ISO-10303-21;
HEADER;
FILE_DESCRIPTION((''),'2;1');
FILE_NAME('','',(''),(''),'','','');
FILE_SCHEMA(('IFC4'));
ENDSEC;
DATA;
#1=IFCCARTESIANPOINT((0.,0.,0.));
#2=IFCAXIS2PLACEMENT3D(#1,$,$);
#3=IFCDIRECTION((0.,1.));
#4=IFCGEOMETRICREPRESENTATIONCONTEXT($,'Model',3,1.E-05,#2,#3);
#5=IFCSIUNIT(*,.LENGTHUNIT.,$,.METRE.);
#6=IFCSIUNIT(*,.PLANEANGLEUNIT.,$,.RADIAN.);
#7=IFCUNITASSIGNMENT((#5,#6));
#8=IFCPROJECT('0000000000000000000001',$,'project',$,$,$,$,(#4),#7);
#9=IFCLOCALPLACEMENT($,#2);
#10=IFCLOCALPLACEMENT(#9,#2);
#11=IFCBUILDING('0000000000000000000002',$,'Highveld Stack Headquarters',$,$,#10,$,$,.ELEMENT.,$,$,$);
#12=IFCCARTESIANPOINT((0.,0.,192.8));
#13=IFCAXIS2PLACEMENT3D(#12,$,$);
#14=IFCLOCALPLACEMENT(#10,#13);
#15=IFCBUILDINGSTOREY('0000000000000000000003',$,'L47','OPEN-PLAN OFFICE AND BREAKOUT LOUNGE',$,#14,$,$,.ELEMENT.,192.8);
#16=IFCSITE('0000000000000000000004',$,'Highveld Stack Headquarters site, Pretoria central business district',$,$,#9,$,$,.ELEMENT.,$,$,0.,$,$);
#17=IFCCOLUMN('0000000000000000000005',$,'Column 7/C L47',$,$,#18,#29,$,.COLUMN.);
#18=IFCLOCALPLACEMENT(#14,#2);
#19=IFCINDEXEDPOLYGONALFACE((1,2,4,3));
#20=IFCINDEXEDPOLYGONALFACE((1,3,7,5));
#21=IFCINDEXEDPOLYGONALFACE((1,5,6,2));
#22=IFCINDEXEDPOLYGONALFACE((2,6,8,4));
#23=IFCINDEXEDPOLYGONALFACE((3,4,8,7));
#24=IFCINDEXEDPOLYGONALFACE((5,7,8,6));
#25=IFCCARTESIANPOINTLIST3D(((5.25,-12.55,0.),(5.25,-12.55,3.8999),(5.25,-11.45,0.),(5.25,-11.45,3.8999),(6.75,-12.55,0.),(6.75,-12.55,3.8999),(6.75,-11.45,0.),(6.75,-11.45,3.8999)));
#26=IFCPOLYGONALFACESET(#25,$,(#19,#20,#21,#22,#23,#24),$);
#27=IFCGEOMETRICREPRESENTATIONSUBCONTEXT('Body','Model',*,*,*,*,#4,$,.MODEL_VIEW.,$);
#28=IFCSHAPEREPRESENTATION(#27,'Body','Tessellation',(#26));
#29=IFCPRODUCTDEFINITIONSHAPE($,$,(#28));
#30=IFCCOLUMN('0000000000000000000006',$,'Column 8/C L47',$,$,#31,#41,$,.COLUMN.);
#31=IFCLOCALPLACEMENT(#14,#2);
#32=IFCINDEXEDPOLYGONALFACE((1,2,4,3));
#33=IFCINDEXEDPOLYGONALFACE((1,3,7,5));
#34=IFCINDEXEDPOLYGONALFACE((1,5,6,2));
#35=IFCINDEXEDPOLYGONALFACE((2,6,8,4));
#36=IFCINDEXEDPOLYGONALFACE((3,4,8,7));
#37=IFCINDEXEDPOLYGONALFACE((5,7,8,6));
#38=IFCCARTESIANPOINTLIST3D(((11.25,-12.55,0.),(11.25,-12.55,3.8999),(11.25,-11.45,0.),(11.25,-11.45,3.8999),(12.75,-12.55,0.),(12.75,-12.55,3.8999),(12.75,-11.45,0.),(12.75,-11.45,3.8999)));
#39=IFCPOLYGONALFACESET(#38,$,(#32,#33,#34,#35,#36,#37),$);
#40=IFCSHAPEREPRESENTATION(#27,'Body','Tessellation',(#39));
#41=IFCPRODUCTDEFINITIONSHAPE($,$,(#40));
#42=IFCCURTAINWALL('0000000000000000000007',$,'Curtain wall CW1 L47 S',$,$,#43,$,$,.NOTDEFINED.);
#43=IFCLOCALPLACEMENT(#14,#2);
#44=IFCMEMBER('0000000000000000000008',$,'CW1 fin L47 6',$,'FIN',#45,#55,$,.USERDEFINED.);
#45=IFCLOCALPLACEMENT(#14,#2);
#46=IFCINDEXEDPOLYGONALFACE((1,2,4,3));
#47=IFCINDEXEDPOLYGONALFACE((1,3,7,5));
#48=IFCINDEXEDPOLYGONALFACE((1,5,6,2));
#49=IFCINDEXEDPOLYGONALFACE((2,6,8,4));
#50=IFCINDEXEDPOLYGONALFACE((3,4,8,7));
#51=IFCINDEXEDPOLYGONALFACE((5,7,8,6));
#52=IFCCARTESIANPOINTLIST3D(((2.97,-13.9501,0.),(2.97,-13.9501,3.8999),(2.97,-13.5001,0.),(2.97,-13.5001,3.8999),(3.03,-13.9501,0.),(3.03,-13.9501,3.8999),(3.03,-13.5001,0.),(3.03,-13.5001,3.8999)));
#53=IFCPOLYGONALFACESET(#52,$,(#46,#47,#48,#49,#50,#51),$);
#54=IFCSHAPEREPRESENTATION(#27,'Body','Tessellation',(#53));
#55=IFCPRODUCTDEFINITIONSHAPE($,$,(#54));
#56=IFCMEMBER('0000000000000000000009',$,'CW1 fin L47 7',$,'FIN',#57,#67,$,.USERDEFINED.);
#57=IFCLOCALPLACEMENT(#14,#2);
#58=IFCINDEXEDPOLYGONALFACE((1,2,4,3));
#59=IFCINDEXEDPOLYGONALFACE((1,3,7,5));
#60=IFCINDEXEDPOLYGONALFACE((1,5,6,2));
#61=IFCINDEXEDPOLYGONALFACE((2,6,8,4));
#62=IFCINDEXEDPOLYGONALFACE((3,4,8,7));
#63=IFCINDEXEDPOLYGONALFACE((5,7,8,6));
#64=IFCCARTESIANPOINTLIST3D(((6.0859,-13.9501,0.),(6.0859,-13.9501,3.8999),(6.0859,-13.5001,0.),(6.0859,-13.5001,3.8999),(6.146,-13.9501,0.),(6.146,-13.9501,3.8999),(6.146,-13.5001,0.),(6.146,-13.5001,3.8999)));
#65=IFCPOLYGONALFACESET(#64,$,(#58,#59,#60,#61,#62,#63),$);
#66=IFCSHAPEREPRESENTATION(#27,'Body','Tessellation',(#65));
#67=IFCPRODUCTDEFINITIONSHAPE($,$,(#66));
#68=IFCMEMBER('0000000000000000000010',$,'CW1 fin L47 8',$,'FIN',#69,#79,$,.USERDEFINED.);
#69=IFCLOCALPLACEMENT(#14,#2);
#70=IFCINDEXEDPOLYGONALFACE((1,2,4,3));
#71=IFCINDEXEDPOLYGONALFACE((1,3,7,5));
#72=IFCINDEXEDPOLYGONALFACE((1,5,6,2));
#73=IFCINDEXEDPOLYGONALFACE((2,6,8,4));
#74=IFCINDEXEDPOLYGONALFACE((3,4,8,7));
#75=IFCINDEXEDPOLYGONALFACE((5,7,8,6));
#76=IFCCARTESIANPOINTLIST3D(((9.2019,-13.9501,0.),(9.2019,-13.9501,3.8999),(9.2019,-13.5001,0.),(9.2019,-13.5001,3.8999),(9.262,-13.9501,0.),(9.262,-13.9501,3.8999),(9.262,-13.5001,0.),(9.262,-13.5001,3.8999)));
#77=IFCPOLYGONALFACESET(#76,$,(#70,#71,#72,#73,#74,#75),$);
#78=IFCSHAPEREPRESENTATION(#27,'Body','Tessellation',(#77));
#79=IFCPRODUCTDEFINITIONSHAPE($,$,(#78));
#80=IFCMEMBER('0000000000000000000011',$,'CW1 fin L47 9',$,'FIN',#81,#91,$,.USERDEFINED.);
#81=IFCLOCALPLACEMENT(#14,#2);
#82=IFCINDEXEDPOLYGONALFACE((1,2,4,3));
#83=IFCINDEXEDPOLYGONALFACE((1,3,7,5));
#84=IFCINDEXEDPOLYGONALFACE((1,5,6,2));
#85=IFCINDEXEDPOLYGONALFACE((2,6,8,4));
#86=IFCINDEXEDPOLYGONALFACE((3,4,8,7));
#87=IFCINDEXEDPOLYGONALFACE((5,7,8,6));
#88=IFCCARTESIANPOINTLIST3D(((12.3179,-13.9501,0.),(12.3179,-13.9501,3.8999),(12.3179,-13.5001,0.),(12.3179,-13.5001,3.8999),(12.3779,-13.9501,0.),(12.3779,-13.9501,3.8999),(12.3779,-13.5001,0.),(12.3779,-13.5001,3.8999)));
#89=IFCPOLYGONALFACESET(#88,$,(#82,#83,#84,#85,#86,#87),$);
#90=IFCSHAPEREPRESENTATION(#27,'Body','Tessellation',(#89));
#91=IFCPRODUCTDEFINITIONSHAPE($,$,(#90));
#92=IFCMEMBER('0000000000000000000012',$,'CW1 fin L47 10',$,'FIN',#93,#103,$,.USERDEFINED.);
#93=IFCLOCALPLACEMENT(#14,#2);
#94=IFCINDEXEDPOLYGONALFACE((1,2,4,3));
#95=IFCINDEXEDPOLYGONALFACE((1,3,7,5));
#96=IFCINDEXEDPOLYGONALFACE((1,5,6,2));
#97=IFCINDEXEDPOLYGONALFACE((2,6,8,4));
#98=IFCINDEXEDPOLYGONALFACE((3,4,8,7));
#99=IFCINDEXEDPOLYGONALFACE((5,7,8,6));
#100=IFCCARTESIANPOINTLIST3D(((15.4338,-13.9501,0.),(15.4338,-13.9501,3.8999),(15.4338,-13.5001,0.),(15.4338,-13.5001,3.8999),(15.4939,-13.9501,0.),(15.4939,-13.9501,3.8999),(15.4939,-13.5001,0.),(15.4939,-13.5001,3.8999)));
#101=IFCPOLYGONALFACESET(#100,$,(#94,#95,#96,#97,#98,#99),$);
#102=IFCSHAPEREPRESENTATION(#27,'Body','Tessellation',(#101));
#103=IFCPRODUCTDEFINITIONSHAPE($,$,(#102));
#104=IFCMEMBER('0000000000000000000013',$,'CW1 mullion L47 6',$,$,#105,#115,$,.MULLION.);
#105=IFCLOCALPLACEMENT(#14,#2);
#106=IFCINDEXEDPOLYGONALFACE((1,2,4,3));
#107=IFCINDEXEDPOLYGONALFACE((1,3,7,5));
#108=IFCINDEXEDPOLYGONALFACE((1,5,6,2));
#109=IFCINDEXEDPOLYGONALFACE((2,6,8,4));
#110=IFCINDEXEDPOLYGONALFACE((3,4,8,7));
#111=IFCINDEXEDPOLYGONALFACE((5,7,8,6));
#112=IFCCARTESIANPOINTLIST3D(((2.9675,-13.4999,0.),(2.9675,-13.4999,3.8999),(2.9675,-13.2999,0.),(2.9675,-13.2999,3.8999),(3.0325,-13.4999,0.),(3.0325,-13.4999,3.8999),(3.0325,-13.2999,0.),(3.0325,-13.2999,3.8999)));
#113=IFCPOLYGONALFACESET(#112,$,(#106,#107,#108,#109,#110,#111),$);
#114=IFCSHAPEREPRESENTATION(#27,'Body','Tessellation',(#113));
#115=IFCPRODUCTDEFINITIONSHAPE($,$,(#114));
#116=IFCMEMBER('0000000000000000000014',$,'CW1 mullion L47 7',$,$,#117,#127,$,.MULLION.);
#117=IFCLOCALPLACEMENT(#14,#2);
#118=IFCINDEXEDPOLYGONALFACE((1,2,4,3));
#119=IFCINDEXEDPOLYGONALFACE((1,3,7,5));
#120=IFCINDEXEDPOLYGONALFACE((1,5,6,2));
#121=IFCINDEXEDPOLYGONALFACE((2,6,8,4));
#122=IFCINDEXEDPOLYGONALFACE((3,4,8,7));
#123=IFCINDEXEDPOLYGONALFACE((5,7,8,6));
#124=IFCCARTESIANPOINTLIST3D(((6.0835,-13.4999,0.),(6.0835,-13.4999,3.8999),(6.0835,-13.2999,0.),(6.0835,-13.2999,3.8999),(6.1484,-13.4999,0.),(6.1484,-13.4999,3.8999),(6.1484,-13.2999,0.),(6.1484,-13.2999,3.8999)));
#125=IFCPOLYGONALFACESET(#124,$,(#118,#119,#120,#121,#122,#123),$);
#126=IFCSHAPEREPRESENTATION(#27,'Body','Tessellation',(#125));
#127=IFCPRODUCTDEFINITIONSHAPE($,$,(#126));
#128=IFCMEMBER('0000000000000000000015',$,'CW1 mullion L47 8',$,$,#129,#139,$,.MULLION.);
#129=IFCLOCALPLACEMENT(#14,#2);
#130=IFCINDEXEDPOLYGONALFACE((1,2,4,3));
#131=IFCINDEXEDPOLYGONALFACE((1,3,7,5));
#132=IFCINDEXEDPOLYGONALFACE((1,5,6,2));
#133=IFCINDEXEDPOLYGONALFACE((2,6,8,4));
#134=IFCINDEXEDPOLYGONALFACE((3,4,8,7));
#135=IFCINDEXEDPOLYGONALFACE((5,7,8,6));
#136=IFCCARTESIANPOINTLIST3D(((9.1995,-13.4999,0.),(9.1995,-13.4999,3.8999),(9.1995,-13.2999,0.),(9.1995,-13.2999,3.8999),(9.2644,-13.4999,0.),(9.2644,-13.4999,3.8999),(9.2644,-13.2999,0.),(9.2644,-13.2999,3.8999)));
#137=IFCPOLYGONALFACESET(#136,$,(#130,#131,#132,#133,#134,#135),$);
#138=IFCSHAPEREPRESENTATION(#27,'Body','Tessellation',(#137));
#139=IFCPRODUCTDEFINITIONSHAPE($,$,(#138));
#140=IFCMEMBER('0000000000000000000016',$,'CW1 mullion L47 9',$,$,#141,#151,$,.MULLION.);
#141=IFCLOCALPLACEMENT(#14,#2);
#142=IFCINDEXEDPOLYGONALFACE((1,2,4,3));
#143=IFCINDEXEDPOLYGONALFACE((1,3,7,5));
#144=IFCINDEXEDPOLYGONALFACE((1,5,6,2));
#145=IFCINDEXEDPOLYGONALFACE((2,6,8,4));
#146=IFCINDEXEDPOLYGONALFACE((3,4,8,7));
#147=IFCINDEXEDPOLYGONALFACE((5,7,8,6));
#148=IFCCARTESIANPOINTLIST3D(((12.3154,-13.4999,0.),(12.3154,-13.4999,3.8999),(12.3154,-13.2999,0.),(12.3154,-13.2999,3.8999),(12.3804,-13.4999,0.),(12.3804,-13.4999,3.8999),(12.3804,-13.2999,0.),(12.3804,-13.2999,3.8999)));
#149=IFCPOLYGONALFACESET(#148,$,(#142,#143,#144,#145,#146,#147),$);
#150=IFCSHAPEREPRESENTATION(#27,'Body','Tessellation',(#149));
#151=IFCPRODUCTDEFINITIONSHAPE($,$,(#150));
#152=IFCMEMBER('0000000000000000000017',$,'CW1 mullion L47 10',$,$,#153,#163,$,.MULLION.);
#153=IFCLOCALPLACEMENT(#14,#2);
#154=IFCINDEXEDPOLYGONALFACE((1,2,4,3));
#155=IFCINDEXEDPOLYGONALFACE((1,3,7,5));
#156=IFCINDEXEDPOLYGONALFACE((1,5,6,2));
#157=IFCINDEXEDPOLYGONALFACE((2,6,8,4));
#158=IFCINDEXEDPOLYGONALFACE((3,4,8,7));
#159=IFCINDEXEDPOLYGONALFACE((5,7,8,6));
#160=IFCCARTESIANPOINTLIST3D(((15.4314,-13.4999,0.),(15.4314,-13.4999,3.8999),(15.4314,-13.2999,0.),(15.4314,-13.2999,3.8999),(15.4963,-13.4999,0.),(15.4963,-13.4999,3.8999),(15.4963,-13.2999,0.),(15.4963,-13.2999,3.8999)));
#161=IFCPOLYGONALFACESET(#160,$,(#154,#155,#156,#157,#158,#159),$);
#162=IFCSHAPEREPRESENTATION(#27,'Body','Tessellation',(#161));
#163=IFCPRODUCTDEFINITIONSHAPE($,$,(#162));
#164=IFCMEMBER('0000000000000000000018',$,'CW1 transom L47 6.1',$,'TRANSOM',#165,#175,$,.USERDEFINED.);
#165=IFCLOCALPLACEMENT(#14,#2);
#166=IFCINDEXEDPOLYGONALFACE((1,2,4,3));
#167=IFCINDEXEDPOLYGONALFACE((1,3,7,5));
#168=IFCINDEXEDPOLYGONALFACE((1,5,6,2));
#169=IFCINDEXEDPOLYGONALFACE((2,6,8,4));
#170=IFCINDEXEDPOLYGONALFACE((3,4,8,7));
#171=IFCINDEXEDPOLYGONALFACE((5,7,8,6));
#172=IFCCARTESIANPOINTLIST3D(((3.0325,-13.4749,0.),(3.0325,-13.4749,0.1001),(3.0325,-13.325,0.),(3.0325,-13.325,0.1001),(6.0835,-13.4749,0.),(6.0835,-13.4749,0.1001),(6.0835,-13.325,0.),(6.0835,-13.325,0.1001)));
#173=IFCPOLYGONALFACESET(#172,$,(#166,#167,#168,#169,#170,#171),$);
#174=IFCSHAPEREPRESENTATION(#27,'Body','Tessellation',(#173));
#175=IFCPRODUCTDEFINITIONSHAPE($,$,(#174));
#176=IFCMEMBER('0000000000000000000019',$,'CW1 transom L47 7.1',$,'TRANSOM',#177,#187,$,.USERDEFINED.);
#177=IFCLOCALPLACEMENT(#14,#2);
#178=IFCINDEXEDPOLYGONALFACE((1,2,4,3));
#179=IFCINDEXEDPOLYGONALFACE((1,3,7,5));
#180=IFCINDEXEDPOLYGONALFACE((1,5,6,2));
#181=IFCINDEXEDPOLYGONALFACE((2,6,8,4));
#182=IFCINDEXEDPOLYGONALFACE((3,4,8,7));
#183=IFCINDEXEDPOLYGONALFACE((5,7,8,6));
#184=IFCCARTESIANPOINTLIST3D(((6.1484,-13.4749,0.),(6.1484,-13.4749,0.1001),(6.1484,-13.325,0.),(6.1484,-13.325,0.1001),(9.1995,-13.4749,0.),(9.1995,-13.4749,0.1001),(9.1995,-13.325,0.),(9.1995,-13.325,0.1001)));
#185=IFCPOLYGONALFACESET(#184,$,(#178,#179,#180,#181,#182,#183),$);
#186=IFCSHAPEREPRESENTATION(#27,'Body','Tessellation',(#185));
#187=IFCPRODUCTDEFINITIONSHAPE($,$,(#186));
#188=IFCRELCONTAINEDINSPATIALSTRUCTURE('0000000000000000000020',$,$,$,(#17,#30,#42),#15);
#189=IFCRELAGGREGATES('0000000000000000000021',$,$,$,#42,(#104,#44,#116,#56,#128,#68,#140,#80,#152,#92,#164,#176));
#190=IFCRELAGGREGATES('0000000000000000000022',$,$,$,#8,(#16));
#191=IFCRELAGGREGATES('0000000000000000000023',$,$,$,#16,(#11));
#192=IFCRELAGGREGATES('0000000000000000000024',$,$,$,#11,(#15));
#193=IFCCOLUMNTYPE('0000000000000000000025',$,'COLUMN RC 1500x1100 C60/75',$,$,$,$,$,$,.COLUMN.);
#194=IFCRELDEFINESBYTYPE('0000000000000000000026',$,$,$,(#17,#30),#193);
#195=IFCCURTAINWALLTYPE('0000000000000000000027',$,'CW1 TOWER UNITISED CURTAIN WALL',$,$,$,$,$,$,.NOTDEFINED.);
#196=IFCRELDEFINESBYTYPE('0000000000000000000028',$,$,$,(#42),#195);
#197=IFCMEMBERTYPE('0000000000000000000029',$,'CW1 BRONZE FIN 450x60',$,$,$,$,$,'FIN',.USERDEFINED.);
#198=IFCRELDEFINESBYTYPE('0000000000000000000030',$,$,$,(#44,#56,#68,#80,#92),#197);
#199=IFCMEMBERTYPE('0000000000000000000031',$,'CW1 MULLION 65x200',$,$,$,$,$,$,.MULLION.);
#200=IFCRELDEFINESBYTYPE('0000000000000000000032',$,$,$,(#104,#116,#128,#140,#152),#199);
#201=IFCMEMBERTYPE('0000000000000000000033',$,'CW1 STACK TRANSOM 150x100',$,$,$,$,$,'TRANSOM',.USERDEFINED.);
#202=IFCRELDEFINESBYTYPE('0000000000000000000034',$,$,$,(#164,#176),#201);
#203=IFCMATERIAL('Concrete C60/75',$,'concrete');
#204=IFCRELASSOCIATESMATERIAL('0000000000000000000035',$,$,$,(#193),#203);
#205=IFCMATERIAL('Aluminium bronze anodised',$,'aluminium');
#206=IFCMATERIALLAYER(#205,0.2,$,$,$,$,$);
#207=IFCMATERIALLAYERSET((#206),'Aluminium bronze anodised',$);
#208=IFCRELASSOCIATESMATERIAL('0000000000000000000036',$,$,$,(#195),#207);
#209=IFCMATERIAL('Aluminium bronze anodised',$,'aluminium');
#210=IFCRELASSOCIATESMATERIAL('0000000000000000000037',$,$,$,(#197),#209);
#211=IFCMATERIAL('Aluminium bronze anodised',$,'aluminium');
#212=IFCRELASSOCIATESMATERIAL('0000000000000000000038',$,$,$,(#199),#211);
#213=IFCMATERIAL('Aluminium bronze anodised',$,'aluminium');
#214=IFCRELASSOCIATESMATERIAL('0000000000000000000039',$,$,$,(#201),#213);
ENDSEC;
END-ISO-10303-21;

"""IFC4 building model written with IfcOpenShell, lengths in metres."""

from ifc_helpers import new_model, si_unit, direction, frame, origin, origin_2d, place, context, subcontext, project, spatial, rectangle, extrude, material, layer, layer_set, material_profile, profile_set, type_object, element, aggregate, save


model = new_model("IFC4")

# Units and contexts
model_context = context("Model", 3, precision=1e-05, world=origin(), true_north=direction((0.0, 1.0)))
body_context = subcontext(model_context, "Body", "Model", "MODEL_VIEW")
ifc_project = project(units=[si_unit("LENGTHUNIT", "METRE"), si_unit("PLANEANGLEUNIT", "RADIAN")], contexts=[model_context])

# Site, building, storey
site_placement = place(None, origin())
site = spatial("IfcSite", under=ifc_project, at=site_placement, Name="Highveld Stack Headquarters site, Pretoria central business district", CompositionType="ELEMENT", RefElevation=0.0)
building_placement = place(site_placement, origin())
building = spatial("IfcBuilding", under=site, at=building_placement, Name="Highveld Stack Headquarters", CompositionType="ELEMENT")
storey_placement = place(building_placement, frame((0.0, 0.0, 192.8)))
storey = spatial("IfcBuildingStorey", under=building, at=storey_placement, Name="L47", Description="OPEN-PLAN OFFICE AND BREAKOUT LOUNGE", CompositionType="ELEMENT", Elevation=192.8)

# Columns
ifc_material_1 = material(Name="Concrete C60/75", Category="concrete")
ifc_material_profile_1 = material_profile(ifc_material_1, rectangle(XDim=1.5, YDim=1.1001, at=origin_2d()), Name="RC 1500x1100")
ifc_profile_set_1 = profile_set([ifc_material_profile_1], Name="Concrete C60/75")
column_type = type_object("IfcColumnType", Name="COLUMN RC 1500x1100 C60/75", PredefinedType="COLUMN", material=ifc_profile_set_1)
for number, where, z_axis, x_axis, name in (
    (1, (6.0, -12.0, 0.0), (0.0, 0.0, 1.0), (1.0, 0.0, 0.0), "Column 7/C L47"),
    (2, (12.0, -12.0, 0.0), (0.0, 0.0, 1.0), (1.0, 0.0, 0.0), "Column 8/C L47"),
):
    element("IfcColumn", number, at=place(storey_placement, frame(where, z_axis=z_axis, x_axis=x_axis)), inside=storey, type_object=column_type, Name=name, PredefinedType="COLUMN", context=body_context, shape_type="SweptSolid", body=[
        extrude(rectangle(XDim=1.5, YDim=1.1001, at=origin_2d()), origin(), (0.0, 0.0, 1.0), 3.8999),
    ])

# Curtain wall, members
ifc_material_2 = material(Name="Aluminium bronze anodised", Category="aluminium")
ifc_layer_1 = layer(ifc_material_2, 0.2)
ifc_layer_set_1 = layer_set([ifc_layer_1], Name="Aluminium bronze anodised")
curtain_wall_type = type_object("IfcCurtainWallType", Name="CW1 TOWER UNITISED CURTAIN WALL", PredefinedType="NOTDEFINED", material=ifc_layer_set_1)
curtain_wall_placement = place(storey_placement, origin())
curtain_wall = element("IfcCurtainWall", 3, at=curtain_wall_placement, inside=storey, type_object=curtain_wall_type, Name="Curtain wall CW1 L47 S", PredefinedType="NOTDEFINED")
ifc_material_3 = material(Name="Aluminium bronze anodised", Category="aluminium")
ifc_material_profile_2 = material_profile(ifc_material_3, rectangle(XDim=0.45, YDim=0.0601, at=origin_2d()), Name="FIN 450x60")
ifc_profile_set_2 = profile_set([ifc_material_profile_2], Name="Aluminium bronze anodised")
member_type_1 = type_object("IfcMemberType", Name="CW1 BRONZE FIN 450x60", ElementType="FIN", PredefinedType="USERDEFINED", material=ifc_profile_set_2)
member_1_placement = place(storey_placement, frame((3.0, -13.7251, 0.0), z_axis=(0.0, 0.0, 1.0), x_axis=(0.0, 1.0, 0.0)))
member_1 = element("IfcMember", 4, at=member_1_placement, type_object=member_type_1, Name="CW1 fin L47 6", ObjectType="FIN", PredefinedType="USERDEFINED", context=body_context, shape_type="SweptSolid", body=[
    extrude(rectangle(XDim=0.45, YDim=0.0601, at=origin_2d()), origin(), (0.0, 0.0, 1.0), 3.8999),
])
member_2_placement = place(storey_placement, frame((6.116, -13.7251, 0.0), z_axis=(0.0, 0.0, 1.0), x_axis=(0.0, 1.0, 0.0)))
member_2 = element("IfcMember", 5, at=member_2_placement, type_object=member_type_1, Name="CW1 fin L47 7", ObjectType="FIN", PredefinedType="USERDEFINED", context=body_context, shape_type="SweptSolid", body=[
    extrude(rectangle(XDim=0.45, YDim=0.0601, at=origin_2d()), origin(), (0.0, 0.0, 1.0), 3.8999),
])
member_3_placement = place(storey_placement, frame((9.2319, -13.7251, 0.0), z_axis=(0.0, 0.0, 1.0), x_axis=(0.0, 1.0, 0.0)))
member_3 = element("IfcMember", 6, at=member_3_placement, type_object=member_type_1, Name="CW1 fin L47 8", ObjectType="FIN", PredefinedType="USERDEFINED", context=body_context, shape_type="SweptSolid", body=[
    extrude(rectangle(XDim=0.45, YDim=0.0601, at=origin_2d()), origin(), (0.0, 0.0, 1.0), 3.8999),
])
member_4_placement = place(storey_placement, frame((12.3479, -13.7251, 0.0), z_axis=(0.0, 0.0, 1.0), x_axis=(0.0, 1.0, 0.0)))
member_4 = element("IfcMember", 7, at=member_4_placement, type_object=member_type_1, Name="CW1 fin L47 9", ObjectType="FIN", PredefinedType="USERDEFINED", context=body_context, shape_type="SweptSolid", body=[
    extrude(rectangle(XDim=0.45, YDim=0.0601, at=origin_2d()), origin(), (0.0, 0.0, 1.0), 3.8999),
])
member_5_placement = place(storey_placement, frame((15.4639, -13.7251, 0.0), z_axis=(0.0, 0.0, 1.0), x_axis=(0.0, 1.0, 0.0)))
member_5 = element("IfcMember", 8, at=member_5_placement, type_object=member_type_1, Name="CW1 fin L47 10", ObjectType="FIN", PredefinedType="USERDEFINED", context=body_context, shape_type="SweptSolid", body=[
    extrude(rectangle(XDim=0.45, YDim=0.0601, at=origin_2d()), origin(), (0.0, 0.0, 1.0), 3.8999),
])
ifc_material_4 = material(Name="Aluminium bronze anodised", Category="aluminium")
ifc_material_profile_3 = material_profile(ifc_material_4, rectangle(XDim=0.2, YDim=0.0649, at=origin_2d()), Name="CW1 MULLION 65x200")
ifc_profile_set_3 = profile_set([ifc_material_profile_3], Name="Aluminium bronze anodised")
member_type_2 = type_object("IfcMemberType", Name="CW1 MULLION 65x200", PredefinedType="MULLION", material=ifc_profile_set_3)
member_6_placement = place(storey_placement, frame((3.0, -13.3999, 0.0), z_axis=(0.0, 0.0, 1.0), x_axis=(0.0, 1.0, 0.0)))
member_6 = element("IfcMember", 9, at=member_6_placement, type_object=member_type_2, Name="CW1 mullion L47 6", PredefinedType="MULLION", context=body_context, shape_type="SweptSolid", body=[
    extrude(rectangle(XDim=0.2, YDim=0.0649, at=origin_2d()), origin(), (0.0, 0.0, 1.0), 3.8999),
])
member_7_placement = place(storey_placement, frame((6.116, -13.3999, 0.0), z_axis=(0.0, 0.0, 1.0), x_axis=(0.0, 1.0, 0.0)))
member_7 = element("IfcMember", 10, at=member_7_placement, type_object=member_type_2, Name="CW1 mullion L47 7", PredefinedType="MULLION", context=body_context, shape_type="SweptSolid", body=[
    extrude(rectangle(XDim=0.2, YDim=0.0649, at=origin_2d()), origin(), (0.0, 0.0, 1.0), 3.8999),
])
member_8_placement = place(storey_placement, frame((9.2319, -13.3999, 0.0), z_axis=(0.0, 0.0, 1.0), x_axis=(0.0, 1.0, 0.0)))
member_8 = element("IfcMember", 11, at=member_8_placement, type_object=member_type_2, Name="CW1 mullion L47 8", PredefinedType="MULLION", context=body_context, shape_type="SweptSolid", body=[
    extrude(rectangle(XDim=0.2, YDim=0.0649, at=origin_2d()), origin(), (0.0, 0.0, 1.0), 3.8999),
])
member_9_placement = place(storey_placement, frame((12.3479, -13.3999, 0.0), z_axis=(0.0, 0.0, 1.0), x_axis=(0.0, 1.0, 0.0)))
member_9 = element("IfcMember", 12, at=member_9_placement, type_object=member_type_2, Name="CW1 mullion L47 9", PredefinedType="MULLION", context=body_context, shape_type="SweptSolid", body=[
    extrude(rectangle(XDim=0.2, YDim=0.0649, at=origin_2d()), origin(), (0.0, 0.0, 1.0), 3.8999),
])
member_10_placement = place(storey_placement, frame((15.4639, -13.3999, 0.0), z_axis=(0.0, 0.0, 1.0), x_axis=(0.0, 1.0, 0.0)))
member_10 = element("IfcMember", 13, at=member_10_placement, type_object=member_type_2, Name="CW1 mullion L47 10", PredefinedType="MULLION", context=body_context, shape_type="SweptSolid", body=[
    extrude(rectangle(XDim=0.2, YDim=0.0649, at=origin_2d()), origin(), (0.0, 0.0, 1.0), 3.8999),
])
ifc_material_5 = material(Name="Aluminium bronze anodised", Category="aluminium")
ifc_material_profile_4 = material_profile(ifc_material_5, rectangle(XDim=0.1499, YDim=0.1001, at=origin_2d()), Name="CW1 TRANSOM 150x100")
ifc_profile_set_4 = profile_set([ifc_material_profile_4], Name="Aluminium bronze anodised")
member_type_3 = type_object("IfcMemberType", Name="CW1 STACK TRANSOM 150x100", ElementType="TRANSOM", PredefinedType="USERDEFINED", material=ifc_profile_set_4)
member_11_placement = place(storey_placement, frame((3.0325, -13.3999, 0.05), z_axis=(1.0, 0.0, 0.0), x_axis=(0.0, 1.0, 0.0)))
member_11 = element("IfcMember", 14, at=member_11_placement, type_object=member_type_3, Name="CW1 transom L47 6.1", ObjectType="TRANSOM", PredefinedType="USERDEFINED", context=body_context, shape_type="SweptSolid", body=[
    extrude(rectangle(XDim=0.1499, YDim=0.1001, at=origin_2d()), origin(), (0.0, 0.0, 1.0), 3.051),
])
member_12_placement = place(storey_placement, frame((6.1484, -13.3999, 0.05), z_axis=(1.0, 0.0, 0.0), x_axis=(0.0, 1.0, 0.0)))
member_12 = element("IfcMember", 15, at=member_12_placement, type_object=member_type_3, Name="CW1 transom L47 7.1", ObjectType="TRANSOM", PredefinedType="USERDEFINED", context=body_context, shape_type="SweptSolid", body=[
    extrude(rectangle(XDim=0.1499, YDim=0.1001, at=origin_2d()), origin(), (0.0, 0.0, 1.0), 3.051),
])
aggregate(curtain_wall, [member_6, member_1, member_7, member_2, member_8, member_3, member_9, member_4, member_10, member_5, member_11, member_12])

save(model, "model.ifc")
